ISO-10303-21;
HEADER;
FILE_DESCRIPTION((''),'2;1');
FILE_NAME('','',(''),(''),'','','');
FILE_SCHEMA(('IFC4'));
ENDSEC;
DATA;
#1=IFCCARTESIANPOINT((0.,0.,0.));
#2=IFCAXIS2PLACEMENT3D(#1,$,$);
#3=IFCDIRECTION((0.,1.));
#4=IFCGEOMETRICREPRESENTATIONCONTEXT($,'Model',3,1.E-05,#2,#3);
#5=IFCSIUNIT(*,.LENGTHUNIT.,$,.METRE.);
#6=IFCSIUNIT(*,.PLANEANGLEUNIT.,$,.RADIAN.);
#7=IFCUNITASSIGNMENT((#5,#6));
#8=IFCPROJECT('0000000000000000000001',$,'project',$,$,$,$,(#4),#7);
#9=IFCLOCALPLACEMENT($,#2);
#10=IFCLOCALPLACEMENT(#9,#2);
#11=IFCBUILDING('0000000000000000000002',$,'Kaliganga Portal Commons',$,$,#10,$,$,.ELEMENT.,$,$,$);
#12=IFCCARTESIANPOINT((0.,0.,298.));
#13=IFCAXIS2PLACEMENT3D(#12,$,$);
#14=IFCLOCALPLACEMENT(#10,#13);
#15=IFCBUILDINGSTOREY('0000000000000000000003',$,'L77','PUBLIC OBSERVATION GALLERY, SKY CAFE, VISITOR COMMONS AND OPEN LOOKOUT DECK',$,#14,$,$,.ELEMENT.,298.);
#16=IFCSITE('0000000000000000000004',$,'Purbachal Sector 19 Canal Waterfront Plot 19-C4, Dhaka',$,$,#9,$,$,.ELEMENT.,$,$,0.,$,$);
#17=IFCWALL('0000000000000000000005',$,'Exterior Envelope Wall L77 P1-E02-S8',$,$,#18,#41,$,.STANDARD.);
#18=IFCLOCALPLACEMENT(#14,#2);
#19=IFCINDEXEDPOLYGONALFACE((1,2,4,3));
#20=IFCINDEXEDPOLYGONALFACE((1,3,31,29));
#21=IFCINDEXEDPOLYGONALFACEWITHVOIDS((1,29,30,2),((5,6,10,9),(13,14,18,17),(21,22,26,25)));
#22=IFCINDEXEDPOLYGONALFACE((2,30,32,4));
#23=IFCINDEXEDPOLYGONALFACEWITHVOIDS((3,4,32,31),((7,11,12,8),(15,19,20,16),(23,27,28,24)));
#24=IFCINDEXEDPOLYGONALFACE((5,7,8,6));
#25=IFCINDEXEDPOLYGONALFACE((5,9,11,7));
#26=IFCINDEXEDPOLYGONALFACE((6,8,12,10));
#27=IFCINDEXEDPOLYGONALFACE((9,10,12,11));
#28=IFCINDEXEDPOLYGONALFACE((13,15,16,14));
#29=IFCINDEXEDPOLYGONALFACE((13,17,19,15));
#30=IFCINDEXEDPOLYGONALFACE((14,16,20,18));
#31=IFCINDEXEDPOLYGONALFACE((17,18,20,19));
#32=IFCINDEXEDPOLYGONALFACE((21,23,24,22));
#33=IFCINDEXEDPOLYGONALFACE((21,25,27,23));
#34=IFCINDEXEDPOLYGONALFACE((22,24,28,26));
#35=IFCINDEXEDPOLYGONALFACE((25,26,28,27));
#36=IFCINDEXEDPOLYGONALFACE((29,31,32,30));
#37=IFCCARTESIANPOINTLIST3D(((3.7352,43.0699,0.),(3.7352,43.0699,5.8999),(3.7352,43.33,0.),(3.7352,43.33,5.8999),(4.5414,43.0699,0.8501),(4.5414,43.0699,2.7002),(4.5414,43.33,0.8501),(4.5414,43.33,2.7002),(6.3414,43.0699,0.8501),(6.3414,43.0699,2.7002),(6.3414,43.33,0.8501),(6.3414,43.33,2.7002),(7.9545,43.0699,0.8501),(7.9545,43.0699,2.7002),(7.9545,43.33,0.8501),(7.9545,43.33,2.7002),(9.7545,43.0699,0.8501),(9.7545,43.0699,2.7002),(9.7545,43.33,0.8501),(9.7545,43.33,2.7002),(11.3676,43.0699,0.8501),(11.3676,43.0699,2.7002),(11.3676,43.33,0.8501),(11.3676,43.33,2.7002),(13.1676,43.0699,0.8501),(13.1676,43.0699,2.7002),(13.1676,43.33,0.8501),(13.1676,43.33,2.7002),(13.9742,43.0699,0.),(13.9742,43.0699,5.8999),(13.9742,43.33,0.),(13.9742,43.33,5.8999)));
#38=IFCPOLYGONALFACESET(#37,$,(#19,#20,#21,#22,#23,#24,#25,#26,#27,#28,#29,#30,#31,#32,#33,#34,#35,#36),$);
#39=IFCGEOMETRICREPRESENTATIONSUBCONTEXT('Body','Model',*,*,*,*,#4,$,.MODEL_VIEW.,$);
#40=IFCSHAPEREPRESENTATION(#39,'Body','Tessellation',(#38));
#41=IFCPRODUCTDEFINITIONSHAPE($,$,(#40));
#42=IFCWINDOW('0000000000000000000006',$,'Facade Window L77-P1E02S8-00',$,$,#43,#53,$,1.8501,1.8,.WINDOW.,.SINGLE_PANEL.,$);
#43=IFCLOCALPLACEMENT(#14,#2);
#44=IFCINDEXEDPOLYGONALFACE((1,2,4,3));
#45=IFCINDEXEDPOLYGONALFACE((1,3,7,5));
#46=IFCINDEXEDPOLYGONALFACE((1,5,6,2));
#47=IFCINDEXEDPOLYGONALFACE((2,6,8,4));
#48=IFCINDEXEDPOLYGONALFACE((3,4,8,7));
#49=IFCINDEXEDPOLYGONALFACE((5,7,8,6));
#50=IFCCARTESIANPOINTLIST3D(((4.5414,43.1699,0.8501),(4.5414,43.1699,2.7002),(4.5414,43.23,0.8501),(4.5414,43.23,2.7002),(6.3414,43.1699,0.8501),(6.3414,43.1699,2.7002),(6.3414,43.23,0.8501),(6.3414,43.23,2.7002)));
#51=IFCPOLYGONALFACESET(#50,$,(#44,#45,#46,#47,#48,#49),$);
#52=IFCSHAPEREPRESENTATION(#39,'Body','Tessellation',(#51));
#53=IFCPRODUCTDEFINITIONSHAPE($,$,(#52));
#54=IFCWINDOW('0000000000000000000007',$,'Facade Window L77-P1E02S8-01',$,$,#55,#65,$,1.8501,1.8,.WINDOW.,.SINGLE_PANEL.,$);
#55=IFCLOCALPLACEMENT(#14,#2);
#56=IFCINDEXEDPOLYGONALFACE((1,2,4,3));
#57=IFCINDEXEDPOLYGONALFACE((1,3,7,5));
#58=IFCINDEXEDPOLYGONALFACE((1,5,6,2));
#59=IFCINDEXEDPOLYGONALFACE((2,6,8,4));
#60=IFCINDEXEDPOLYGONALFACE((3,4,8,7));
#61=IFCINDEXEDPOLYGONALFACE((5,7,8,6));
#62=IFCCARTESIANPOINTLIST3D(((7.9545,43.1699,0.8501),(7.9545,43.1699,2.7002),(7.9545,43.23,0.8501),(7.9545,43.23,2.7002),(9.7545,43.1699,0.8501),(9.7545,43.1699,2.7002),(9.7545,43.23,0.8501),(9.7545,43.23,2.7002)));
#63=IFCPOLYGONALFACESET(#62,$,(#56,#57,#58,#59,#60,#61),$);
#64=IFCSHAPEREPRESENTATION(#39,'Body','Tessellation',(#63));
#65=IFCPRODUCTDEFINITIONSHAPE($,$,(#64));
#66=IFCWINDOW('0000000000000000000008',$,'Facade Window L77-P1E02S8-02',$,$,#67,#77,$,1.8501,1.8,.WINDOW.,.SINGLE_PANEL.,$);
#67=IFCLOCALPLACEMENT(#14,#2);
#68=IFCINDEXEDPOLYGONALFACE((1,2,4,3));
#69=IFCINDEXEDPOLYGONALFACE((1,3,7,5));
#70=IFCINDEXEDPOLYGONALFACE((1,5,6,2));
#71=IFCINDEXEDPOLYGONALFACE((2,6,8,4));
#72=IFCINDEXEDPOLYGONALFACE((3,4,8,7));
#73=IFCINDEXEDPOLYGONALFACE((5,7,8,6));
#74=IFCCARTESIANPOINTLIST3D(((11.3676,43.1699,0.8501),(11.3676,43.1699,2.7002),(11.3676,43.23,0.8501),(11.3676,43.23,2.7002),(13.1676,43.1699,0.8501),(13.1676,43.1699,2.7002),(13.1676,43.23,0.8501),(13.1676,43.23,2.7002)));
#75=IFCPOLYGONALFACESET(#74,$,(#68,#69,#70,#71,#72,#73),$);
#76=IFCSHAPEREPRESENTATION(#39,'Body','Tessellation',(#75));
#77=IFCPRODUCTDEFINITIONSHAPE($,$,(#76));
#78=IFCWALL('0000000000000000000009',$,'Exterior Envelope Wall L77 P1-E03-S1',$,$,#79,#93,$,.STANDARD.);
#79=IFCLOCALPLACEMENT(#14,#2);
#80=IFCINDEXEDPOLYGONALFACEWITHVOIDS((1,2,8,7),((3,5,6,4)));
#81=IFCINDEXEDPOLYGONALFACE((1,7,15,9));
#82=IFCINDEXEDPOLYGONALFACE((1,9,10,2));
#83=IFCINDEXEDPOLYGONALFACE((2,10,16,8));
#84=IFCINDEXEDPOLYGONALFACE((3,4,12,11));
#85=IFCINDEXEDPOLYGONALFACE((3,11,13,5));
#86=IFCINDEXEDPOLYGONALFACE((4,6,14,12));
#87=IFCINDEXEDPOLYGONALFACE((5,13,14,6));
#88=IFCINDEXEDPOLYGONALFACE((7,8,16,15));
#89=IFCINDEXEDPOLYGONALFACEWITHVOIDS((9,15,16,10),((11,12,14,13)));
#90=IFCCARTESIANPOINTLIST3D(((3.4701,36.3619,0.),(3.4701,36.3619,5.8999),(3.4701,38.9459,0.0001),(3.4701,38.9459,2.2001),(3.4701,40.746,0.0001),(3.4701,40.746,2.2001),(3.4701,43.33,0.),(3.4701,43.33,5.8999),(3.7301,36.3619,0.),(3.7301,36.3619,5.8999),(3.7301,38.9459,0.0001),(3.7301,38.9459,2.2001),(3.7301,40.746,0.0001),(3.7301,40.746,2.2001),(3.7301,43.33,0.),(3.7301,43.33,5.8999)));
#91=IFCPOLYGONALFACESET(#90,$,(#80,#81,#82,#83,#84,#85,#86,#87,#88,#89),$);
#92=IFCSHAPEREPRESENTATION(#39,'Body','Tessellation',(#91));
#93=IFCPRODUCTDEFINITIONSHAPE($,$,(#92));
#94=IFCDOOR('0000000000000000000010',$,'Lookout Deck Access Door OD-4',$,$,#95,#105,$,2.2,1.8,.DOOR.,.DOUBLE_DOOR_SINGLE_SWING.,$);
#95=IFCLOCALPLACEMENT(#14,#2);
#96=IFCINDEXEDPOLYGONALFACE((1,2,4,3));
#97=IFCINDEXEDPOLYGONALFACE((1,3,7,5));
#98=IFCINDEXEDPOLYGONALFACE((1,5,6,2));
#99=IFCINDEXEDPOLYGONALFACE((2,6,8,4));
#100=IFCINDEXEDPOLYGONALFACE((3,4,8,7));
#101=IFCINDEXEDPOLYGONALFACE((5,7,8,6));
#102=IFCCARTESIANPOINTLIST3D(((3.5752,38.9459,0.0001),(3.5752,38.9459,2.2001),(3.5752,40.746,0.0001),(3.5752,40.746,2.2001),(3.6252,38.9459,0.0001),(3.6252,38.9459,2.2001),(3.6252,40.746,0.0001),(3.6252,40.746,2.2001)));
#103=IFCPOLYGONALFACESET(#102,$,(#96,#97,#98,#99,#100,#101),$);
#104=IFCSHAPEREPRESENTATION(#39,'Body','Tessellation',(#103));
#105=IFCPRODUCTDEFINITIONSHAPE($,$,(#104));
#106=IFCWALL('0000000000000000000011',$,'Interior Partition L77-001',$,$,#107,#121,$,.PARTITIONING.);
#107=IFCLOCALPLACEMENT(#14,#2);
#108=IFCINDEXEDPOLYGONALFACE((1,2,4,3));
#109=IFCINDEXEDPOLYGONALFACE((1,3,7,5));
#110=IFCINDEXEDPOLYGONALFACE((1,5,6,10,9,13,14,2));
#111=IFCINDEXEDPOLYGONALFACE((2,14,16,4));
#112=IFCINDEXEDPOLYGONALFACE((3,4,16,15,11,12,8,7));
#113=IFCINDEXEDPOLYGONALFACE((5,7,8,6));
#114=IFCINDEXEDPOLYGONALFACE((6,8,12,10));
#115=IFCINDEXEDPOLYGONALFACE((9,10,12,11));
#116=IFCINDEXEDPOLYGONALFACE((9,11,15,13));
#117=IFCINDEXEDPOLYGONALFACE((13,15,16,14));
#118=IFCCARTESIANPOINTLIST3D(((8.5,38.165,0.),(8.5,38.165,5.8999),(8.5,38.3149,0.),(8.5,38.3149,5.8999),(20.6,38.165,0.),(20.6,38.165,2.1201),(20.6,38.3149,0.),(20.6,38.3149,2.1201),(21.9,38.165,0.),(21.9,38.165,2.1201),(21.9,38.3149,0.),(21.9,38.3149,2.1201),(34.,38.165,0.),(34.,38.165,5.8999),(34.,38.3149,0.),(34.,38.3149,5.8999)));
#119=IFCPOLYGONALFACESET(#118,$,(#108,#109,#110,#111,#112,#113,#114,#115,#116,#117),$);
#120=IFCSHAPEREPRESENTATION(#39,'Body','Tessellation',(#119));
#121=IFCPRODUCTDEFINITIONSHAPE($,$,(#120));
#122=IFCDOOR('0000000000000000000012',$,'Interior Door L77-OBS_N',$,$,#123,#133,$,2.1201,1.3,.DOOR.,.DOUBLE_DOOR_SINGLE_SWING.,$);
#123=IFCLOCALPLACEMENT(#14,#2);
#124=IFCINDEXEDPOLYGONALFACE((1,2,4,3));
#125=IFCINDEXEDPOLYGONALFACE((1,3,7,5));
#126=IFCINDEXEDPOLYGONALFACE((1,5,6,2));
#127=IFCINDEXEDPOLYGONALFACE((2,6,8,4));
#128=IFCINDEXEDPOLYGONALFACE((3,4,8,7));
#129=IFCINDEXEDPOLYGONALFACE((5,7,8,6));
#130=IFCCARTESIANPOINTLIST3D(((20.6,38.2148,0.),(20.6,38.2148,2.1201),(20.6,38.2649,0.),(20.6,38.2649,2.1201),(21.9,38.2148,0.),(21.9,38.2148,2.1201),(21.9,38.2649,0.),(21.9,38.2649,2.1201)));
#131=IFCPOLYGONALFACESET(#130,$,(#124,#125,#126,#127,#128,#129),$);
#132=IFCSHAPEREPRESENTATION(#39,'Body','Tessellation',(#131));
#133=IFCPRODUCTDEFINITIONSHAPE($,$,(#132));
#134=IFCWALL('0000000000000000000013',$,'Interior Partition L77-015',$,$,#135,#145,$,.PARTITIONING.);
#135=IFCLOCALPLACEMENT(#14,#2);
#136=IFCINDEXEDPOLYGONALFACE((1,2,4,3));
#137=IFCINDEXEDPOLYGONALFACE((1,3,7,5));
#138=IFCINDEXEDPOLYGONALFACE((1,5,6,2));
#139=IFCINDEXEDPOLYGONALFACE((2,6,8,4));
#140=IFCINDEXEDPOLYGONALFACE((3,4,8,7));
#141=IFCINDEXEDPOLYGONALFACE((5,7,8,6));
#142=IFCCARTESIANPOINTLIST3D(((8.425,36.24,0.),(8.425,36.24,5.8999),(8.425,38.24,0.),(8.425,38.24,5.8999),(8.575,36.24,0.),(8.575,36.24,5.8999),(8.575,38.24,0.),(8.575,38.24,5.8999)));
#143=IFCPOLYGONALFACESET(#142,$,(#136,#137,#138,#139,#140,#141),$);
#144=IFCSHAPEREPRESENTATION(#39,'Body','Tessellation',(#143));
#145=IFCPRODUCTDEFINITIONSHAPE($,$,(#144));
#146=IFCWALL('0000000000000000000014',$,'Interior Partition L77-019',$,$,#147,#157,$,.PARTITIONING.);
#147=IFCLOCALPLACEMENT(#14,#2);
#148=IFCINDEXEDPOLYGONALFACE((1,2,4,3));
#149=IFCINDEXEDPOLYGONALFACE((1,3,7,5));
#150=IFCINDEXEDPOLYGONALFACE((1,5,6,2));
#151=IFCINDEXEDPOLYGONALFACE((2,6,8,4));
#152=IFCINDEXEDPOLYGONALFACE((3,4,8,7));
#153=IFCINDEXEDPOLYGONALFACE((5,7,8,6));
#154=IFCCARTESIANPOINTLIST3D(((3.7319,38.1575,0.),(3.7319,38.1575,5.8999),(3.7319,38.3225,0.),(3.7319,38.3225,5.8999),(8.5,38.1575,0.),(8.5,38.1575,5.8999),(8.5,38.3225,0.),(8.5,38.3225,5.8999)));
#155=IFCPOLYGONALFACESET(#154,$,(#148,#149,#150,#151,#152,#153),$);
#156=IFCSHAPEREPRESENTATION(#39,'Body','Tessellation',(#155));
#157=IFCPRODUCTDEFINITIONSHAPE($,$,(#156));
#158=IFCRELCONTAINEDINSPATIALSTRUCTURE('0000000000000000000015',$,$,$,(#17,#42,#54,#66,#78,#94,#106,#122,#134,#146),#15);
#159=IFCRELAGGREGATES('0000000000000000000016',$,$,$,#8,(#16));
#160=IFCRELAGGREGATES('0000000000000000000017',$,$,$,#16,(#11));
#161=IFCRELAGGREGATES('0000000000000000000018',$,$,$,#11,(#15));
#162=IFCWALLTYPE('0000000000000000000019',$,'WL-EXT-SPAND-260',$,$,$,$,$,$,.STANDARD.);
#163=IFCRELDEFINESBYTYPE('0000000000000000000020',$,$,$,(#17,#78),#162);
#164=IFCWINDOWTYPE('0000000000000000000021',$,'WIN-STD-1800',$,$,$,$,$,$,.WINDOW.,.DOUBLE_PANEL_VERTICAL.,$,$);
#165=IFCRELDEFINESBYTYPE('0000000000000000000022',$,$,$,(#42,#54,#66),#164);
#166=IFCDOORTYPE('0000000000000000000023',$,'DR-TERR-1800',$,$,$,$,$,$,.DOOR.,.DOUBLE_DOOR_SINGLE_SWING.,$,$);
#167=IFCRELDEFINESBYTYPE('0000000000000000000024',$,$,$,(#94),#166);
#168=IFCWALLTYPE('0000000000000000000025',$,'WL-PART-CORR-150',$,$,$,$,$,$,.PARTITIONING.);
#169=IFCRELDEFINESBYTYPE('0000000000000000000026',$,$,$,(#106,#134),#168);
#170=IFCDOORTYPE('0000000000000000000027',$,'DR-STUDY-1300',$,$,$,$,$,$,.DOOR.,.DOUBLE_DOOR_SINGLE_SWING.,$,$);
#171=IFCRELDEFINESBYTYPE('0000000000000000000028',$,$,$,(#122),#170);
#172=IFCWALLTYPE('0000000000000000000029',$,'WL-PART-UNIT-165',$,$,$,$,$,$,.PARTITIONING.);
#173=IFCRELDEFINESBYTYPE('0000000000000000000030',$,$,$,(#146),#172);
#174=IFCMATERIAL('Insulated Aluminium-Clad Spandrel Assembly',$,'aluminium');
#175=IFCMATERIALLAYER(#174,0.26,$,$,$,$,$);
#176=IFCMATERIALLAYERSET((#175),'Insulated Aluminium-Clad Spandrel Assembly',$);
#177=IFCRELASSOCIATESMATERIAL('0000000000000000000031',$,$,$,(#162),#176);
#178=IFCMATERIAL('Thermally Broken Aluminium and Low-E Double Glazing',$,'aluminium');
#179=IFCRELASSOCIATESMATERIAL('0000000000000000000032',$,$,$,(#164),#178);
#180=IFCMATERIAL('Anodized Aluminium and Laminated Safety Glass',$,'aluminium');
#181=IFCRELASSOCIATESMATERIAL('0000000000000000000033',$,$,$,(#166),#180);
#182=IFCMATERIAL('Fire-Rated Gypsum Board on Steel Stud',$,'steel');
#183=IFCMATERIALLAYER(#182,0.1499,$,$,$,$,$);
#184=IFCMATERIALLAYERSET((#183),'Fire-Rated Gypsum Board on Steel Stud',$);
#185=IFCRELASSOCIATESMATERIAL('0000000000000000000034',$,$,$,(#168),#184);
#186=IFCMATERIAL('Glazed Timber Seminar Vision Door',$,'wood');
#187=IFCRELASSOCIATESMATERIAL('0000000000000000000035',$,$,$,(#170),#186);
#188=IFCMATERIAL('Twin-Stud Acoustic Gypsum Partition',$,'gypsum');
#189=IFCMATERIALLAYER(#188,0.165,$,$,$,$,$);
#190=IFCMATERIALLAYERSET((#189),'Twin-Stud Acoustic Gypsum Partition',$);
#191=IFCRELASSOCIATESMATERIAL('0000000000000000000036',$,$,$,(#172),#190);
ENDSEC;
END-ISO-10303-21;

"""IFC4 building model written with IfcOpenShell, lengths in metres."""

from ifc_helpers import new_model, si_unit, direction, frame, frame_2d, origin, place, context, subcontext, project, spatial, rectangle, extrude, material, layer, layer_set, type_object, element, fill, save


model = new_model("IFC4")

# Units and contexts
model_context = context("Model", 3, precision=1e-05, world=origin(), true_north=direction((0.0, 1.0)))
body_context = subcontext(model_context, "Body", "Model", "MODEL_VIEW")
ifc_project = project(units=[si_unit("LENGTHUNIT", "METRE"), si_unit("PLANEANGLEUNIT", "RADIAN")], contexts=[model_context])

# Site, building, storey
site_placement = place(None, origin())
site = spatial("IfcSite", under=ifc_project, at=site_placement, Name="Purbachal Sector 19 Canal Waterfront Plot 19-C4, Dhaka", CompositionType="ELEMENT", RefElevation=0.0)
building_placement = place(site_placement, origin())
building = spatial("IfcBuilding", under=site, at=building_placement, Name="Kaliganga Portal Commons", CompositionType="ELEMENT")
storey_placement = place(building_placement, frame((0.0, 0.0, 298.0)))
storey = spatial("IfcBuildingStorey", under=building, at=storey_placement, Name="L77", Description="PUBLIC OBSERVATION GALLERY, SKY CAFE, VISITOR COMMONS AND OPEN LOOKOUT DECK", CompositionType="ELEMENT", Elevation=298.0)

# Wall, openings, windows
ifc_material_1 = material(Name="Insulated Aluminium-Clad Spandrel Assembly", Category="aluminium")
ifc_layer_1 = layer(ifc_material_1, 0.26)
ifc_layer_set_1 = layer_set([ifc_layer_1], Name="Insulated Aluminium-Clad Spandrel Assembly")
wall_type_1 = type_object("IfcWallType", Name="WL-EXT-SPAND-260", PredefinedType="STANDARD", material=ifc_layer_set_1)
wall_1_placement = place(storey_placement, frame((3.7351, 43.2, 0.0), z_axis=(0.0, 0.0, 1.0), x_axis=(1.0, 0.0, 0.0)))
wall_1 = element("IfcWall", 1, at=wall_1_placement, inside=storey, type_object=wall_type_1, Name="Exterior Envelope Wall L77 P1-E02-S8", PredefinedType="STANDARD", context=body_context, shape_type="SweptSolid", body=[
    extrude(rectangle(XDim=10.239, YDim=0.26, at=frame_2d((5.1196, 0.0))), origin(), (0.0, 0.0, 1.0), 5.8999),
])
opening_1_placement = place(wall_1_placement, frame((0.8064, 0.0, 0.8501)))
opening_1 = element("IfcOpeningElement", 2, at=opening_1_placement, cuts=wall_1, PredefinedType="OPENING", context=body_context, shape_type="SweptSolid", body=[
    extrude(rectangle(XDim=1.8, YDim=1.8501, at=frame_2d((0.8999, 0.925))), frame((0.0, 0.1401, 0.0), z_axis=(0.0, -1.0, 0.0), x_axis=(1.0, 0.0, 0.0)), (0.0, 0.0, 1.0), 0.28),
])
opening_2_placement = place(wall_1_placement, frame((4.2195, 0.0, 0.8501)))
opening_2 = element("IfcOpeningElement", 3, at=opening_2_placement, cuts=wall_1, PredefinedType="OPENING", context=body_context, shape_type="SweptSolid", body=[
    extrude(rectangle(XDim=1.8, YDim=1.8501, at=frame_2d((0.8999, 0.925))), frame((0.0, 0.1401, 0.0), z_axis=(0.0, -1.0, 0.0), x_axis=(1.0, 0.0, 0.0)), (0.0, 0.0, 1.0), 0.28),
])
opening_3_placement = place(wall_1_placement, frame((7.6326, 0.0, 0.8501)))
opening_3 = element("IfcOpeningElement", 4, at=opening_3_placement, cuts=wall_1, PredefinedType="OPENING", context=body_context, shape_type="SweptSolid", body=[
    extrude(rectangle(XDim=1.8, YDim=1.8501, at=frame_2d((0.8999, 0.925))), frame((0.0, 0.1401, 0.0), z_axis=(0.0, -1.0, 0.0), x_axis=(1.0, 0.0, 0.0)), (0.0, 0.0, 1.0), 0.28),
])
ifc_material_2 = material(Name="Thermally Broken Aluminium and Low-E Double Glazing", Category="aluminium")
window_type = type_object("IfcWindowType", Name="WIN-STD-1800", PartitioningType="DOUBLE_PANEL_VERTICAL", PredefinedType="WINDOW", material=ifc_material_2)
window_1_placement = place(opening_1_placement, origin())
window_1 = element("IfcWindow", 5, at=window_1_placement, inside=storey, type_object=window_type, Name="Facade Window L77-P1E02S8-00", OverallHeight=1.8501, OverallWidth=1.8, PartitioningType="SINGLE_PANEL", PredefinedType="WINDOW", context=body_context, shape_type="SweptSolid", body=[
    extrude(rectangle(XDim=1.8, YDim=1.8501, at=frame_2d((0.8999, 0.925))), frame((0.0, 0.03, 0.0), z_axis=(0.0, -1.0, 0.0), x_axis=(1.0, 0.0, 0.0)), (0.0, 0.0, 1.0), 0.0601),
])
fill(opening_1, window_1)
window_2_placement = place(opening_2_placement, origin())
window_2 = element("IfcWindow", 6, at=window_2_placement, inside=storey, type_object=window_type, Name="Facade Window L77-P1E02S8-01", OverallHeight=1.8501, OverallWidth=1.8, PartitioningType="SINGLE_PANEL", PredefinedType="WINDOW", context=body_context, shape_type="SweptSolid", body=[
    extrude(rectangle(XDim=1.8, YDim=1.8501, at=frame_2d((0.8999, 0.925))), frame((0.0, 0.03, 0.0), z_axis=(0.0, -1.0, 0.0), x_axis=(1.0, 0.0, 0.0)), (0.0, 0.0, 1.0), 0.0601),
])
fill(opening_2, window_2)
window_3_placement = place(opening_3_placement, origin())
window_3 = element("IfcWindow", 7, at=window_3_placement, inside=storey, type_object=window_type, Name="Facade Window L77-P1E02S8-02", OverallHeight=1.8501, OverallWidth=1.8, PartitioningType="SINGLE_PANEL", PredefinedType="WINDOW", context=body_context, shape_type="SweptSolid", body=[
    extrude(rectangle(XDim=1.8, YDim=1.8501, at=frame_2d((0.8999, 0.925))), frame((0.0, 0.03, 0.0), z_axis=(0.0, -1.0, 0.0), x_axis=(1.0, 0.0, 0.0)), (0.0, 0.0, 1.0), 0.0601),
])
fill(opening_3, window_3)

# Walls, openings, doors
wall_2_placement = place(storey_placement, frame((3.6001, 36.3621, 0.0), z_axis=(0.0, 0.0, 1.0), x_axis=(0.0, 1.0, 0.0)))
wall_2 = element("IfcWall", 8, at=wall_2_placement, inside=storey, type_object=wall_type_1, Name="Exterior Envelope Wall L77 P1-E03-S1", PredefinedType="STANDARD", context=body_context, shape_type="SweptSolid", body=[
    extrude(rectangle(XDim=6.968, YDim=0.26, at=frame_2d((3.4839, 0.0))), origin(), (0.0, 0.0, 1.0), 5.8999),
])
opening_4_placement = place(wall_2_placement, frame((2.584, 0.0, 0.0)))
opening_4 = element("IfcOpeningElement", 9, at=opening_4_placement, cuts=wall_2, PredefinedType="OPENING", context=body_context, shape_type="SweptSolid", body=[
    extrude(rectangle(XDim=1.8, YDim=2.2, at=frame_2d((0.8999, 1.1001))), frame((0.0, 0.1401, 0.0), z_axis=(0.0, -1.0, 0.0), x_axis=(1.0, 0.0, 0.0)), (0.0, 0.0, 1.0), 0.28),
])
ifc_material_3 = material(Name="Anodized Aluminium and Laminated Safety Glass", Category="aluminium")
door_type_1 = type_object("IfcDoorType", Name="DR-TERR-1800", OperationType="DOUBLE_DOOR_SINGLE_SWING", PredefinedType="DOOR", material=ifc_material_3)
door_1_placement = place(opening_4_placement, origin())
door_1 = element("IfcDoor", 10, at=door_1_placement, inside=storey, type_object=door_type_1, Name="Lookout Deck Access Door OD-4", OperationType="DOUBLE_DOOR_SINGLE_SWING", OverallHeight=2.2, OverallWidth=1.8, PredefinedType="DOOR", context=body_context, shape_type="SweptSolid", body=[
    extrude(rectangle(XDim=1.8, YDim=2.2, at=frame_2d((0.8999, 1.1001))), frame((0.0, 0.0249, 0.0), z_axis=(0.0, -1.0, 0.0), x_axis=(1.0, 0.0, 0.0)), (0.0, 0.0, 1.0), 0.05),
])
fill(opening_4, door_1)
ifc_material_4 = material(Name="Fire-Rated Gypsum Board on Steel Stud", Category="steel")
ifc_layer_2 = layer(ifc_material_4, 0.1499)
ifc_layer_set_2 = layer_set([ifc_layer_2], Name="Fire-Rated Gypsum Board on Steel Stud")
wall_type_2 = type_object("IfcWallType", Name="WL-PART-CORR-150", PredefinedType="PARTITIONING", material=ifc_layer_set_2)
wall_3_placement = place(storey_placement, frame((8.5, 38.24, 0.0), z_axis=(0.0, 0.0, 1.0), x_axis=(1.0, 0.0, 0.0)))
wall_3 = element("IfcWall", 11, at=wall_3_placement, inside=storey, type_object=wall_type_2, Name="Interior Partition L77-001", PredefinedType="PARTITIONING", context=body_context, shape_type="SweptSolid", body=[
    extrude(rectangle(XDim=25.5, YDim=0.1499, at=frame_2d((12.75, 0.0))), origin(), (0.0, 0.0, 1.0), 5.8999),
])
opening_5_placement = place(wall_3_placement, frame((12.1001, 0.0, 0.0)))
opening_5 = element("IfcOpeningElement", 12, at=opening_5_placement, cuts=wall_3, PredefinedType="OPENING", context=body_context, shape_type="SweptSolid", body=[
    extrude(rectangle(XDim=1.3, YDim=2.1201, at=frame_2d((0.6499, 1.0601))), frame((0.0, 0.085, 0.0), z_axis=(0.0, -1.0, 0.0), x_axis=(1.0, 0.0, 0.0)), (0.0, 0.0, 1.0), 0.1699),
])
ifc_material_5 = material(Name="Glazed Timber Seminar Vision Door", Category="wood")
door_type_2 = type_object("IfcDoorType", Name="DR-STUDY-1300", OperationType="DOUBLE_DOOR_SINGLE_SWING", PredefinedType="DOOR", material=ifc_material_5)
door_2_placement = place(opening_5_placement, origin())
door_2 = element("IfcDoor", 13, at=door_2_placement, inside=storey, type_object=door_type_2, Name="Interior Door L77-OBS_N", OperationType="DOUBLE_DOOR_SINGLE_SWING", OverallHeight=2.1201, OverallWidth=1.3, PredefinedType="DOOR", context=body_context, shape_type="SweptSolid", body=[
    extrude(rectangle(XDim=1.3, YDim=2.1201, at=frame_2d((0.6499, 1.0601))), frame((0.0, 0.0249, 0.0), z_axis=(0.0, -1.0, 0.0), x_axis=(1.0, 0.0, 0.0)), (0.0, 0.0, 1.0), 0.05),
])
fill(opening_5, door_2)

# Walls
wall_4_placement = place(storey_placement, frame((8.5, 36.24, 0.0), z_axis=(0.0, 0.0, 1.0), x_axis=(0.0, 1.0, 0.0)))
element("IfcWall", 14, at=wall_4_placement, inside=storey, type_object=wall_type_2, Name="Interior Partition L77-015", PredefinedType="PARTITIONING", context=body_context, shape_type="SweptSolid", body=[
    extrude(rectangle(XDim=2.0, YDim=0.1499, at=frame_2d((1.0, 0.0))), origin(), (0.0, 0.0, 1.0), 5.8999),
])
ifc_material_6 = material(Name="Twin-Stud Acoustic Gypsum Partition", Category="gypsum")
ifc_layer_3 = layer(ifc_material_6, 0.165)
ifc_layer_set_3 = layer_set([ifc_layer_3], Name="Twin-Stud Acoustic Gypsum Partition")
wall_type_3 = type_object("IfcWallType", Name="WL-PART-UNIT-165", PredefinedType="PARTITIONING", material=ifc_layer_set_3)
wall_5_placement = place(storey_placement, frame((3.7319, 38.24, 0.0), z_axis=(0.0, 0.0, 1.0), x_axis=(1.0, 0.0, 0.0)))
element("IfcWall", 15, at=wall_5_placement, inside=storey, type_object=wall_type_3, Name="Interior Partition L77-019", PredefinedType="PARTITIONING", context=body_context, shape_type="SweptSolid", body=[
    extrude(rectangle(XDim=4.7681, YDim=0.165, at=frame_2d((2.384, 0.0))), origin(), (0.0, 0.0, 1.0), 5.8999),
])

save(model, "model.ifc")
